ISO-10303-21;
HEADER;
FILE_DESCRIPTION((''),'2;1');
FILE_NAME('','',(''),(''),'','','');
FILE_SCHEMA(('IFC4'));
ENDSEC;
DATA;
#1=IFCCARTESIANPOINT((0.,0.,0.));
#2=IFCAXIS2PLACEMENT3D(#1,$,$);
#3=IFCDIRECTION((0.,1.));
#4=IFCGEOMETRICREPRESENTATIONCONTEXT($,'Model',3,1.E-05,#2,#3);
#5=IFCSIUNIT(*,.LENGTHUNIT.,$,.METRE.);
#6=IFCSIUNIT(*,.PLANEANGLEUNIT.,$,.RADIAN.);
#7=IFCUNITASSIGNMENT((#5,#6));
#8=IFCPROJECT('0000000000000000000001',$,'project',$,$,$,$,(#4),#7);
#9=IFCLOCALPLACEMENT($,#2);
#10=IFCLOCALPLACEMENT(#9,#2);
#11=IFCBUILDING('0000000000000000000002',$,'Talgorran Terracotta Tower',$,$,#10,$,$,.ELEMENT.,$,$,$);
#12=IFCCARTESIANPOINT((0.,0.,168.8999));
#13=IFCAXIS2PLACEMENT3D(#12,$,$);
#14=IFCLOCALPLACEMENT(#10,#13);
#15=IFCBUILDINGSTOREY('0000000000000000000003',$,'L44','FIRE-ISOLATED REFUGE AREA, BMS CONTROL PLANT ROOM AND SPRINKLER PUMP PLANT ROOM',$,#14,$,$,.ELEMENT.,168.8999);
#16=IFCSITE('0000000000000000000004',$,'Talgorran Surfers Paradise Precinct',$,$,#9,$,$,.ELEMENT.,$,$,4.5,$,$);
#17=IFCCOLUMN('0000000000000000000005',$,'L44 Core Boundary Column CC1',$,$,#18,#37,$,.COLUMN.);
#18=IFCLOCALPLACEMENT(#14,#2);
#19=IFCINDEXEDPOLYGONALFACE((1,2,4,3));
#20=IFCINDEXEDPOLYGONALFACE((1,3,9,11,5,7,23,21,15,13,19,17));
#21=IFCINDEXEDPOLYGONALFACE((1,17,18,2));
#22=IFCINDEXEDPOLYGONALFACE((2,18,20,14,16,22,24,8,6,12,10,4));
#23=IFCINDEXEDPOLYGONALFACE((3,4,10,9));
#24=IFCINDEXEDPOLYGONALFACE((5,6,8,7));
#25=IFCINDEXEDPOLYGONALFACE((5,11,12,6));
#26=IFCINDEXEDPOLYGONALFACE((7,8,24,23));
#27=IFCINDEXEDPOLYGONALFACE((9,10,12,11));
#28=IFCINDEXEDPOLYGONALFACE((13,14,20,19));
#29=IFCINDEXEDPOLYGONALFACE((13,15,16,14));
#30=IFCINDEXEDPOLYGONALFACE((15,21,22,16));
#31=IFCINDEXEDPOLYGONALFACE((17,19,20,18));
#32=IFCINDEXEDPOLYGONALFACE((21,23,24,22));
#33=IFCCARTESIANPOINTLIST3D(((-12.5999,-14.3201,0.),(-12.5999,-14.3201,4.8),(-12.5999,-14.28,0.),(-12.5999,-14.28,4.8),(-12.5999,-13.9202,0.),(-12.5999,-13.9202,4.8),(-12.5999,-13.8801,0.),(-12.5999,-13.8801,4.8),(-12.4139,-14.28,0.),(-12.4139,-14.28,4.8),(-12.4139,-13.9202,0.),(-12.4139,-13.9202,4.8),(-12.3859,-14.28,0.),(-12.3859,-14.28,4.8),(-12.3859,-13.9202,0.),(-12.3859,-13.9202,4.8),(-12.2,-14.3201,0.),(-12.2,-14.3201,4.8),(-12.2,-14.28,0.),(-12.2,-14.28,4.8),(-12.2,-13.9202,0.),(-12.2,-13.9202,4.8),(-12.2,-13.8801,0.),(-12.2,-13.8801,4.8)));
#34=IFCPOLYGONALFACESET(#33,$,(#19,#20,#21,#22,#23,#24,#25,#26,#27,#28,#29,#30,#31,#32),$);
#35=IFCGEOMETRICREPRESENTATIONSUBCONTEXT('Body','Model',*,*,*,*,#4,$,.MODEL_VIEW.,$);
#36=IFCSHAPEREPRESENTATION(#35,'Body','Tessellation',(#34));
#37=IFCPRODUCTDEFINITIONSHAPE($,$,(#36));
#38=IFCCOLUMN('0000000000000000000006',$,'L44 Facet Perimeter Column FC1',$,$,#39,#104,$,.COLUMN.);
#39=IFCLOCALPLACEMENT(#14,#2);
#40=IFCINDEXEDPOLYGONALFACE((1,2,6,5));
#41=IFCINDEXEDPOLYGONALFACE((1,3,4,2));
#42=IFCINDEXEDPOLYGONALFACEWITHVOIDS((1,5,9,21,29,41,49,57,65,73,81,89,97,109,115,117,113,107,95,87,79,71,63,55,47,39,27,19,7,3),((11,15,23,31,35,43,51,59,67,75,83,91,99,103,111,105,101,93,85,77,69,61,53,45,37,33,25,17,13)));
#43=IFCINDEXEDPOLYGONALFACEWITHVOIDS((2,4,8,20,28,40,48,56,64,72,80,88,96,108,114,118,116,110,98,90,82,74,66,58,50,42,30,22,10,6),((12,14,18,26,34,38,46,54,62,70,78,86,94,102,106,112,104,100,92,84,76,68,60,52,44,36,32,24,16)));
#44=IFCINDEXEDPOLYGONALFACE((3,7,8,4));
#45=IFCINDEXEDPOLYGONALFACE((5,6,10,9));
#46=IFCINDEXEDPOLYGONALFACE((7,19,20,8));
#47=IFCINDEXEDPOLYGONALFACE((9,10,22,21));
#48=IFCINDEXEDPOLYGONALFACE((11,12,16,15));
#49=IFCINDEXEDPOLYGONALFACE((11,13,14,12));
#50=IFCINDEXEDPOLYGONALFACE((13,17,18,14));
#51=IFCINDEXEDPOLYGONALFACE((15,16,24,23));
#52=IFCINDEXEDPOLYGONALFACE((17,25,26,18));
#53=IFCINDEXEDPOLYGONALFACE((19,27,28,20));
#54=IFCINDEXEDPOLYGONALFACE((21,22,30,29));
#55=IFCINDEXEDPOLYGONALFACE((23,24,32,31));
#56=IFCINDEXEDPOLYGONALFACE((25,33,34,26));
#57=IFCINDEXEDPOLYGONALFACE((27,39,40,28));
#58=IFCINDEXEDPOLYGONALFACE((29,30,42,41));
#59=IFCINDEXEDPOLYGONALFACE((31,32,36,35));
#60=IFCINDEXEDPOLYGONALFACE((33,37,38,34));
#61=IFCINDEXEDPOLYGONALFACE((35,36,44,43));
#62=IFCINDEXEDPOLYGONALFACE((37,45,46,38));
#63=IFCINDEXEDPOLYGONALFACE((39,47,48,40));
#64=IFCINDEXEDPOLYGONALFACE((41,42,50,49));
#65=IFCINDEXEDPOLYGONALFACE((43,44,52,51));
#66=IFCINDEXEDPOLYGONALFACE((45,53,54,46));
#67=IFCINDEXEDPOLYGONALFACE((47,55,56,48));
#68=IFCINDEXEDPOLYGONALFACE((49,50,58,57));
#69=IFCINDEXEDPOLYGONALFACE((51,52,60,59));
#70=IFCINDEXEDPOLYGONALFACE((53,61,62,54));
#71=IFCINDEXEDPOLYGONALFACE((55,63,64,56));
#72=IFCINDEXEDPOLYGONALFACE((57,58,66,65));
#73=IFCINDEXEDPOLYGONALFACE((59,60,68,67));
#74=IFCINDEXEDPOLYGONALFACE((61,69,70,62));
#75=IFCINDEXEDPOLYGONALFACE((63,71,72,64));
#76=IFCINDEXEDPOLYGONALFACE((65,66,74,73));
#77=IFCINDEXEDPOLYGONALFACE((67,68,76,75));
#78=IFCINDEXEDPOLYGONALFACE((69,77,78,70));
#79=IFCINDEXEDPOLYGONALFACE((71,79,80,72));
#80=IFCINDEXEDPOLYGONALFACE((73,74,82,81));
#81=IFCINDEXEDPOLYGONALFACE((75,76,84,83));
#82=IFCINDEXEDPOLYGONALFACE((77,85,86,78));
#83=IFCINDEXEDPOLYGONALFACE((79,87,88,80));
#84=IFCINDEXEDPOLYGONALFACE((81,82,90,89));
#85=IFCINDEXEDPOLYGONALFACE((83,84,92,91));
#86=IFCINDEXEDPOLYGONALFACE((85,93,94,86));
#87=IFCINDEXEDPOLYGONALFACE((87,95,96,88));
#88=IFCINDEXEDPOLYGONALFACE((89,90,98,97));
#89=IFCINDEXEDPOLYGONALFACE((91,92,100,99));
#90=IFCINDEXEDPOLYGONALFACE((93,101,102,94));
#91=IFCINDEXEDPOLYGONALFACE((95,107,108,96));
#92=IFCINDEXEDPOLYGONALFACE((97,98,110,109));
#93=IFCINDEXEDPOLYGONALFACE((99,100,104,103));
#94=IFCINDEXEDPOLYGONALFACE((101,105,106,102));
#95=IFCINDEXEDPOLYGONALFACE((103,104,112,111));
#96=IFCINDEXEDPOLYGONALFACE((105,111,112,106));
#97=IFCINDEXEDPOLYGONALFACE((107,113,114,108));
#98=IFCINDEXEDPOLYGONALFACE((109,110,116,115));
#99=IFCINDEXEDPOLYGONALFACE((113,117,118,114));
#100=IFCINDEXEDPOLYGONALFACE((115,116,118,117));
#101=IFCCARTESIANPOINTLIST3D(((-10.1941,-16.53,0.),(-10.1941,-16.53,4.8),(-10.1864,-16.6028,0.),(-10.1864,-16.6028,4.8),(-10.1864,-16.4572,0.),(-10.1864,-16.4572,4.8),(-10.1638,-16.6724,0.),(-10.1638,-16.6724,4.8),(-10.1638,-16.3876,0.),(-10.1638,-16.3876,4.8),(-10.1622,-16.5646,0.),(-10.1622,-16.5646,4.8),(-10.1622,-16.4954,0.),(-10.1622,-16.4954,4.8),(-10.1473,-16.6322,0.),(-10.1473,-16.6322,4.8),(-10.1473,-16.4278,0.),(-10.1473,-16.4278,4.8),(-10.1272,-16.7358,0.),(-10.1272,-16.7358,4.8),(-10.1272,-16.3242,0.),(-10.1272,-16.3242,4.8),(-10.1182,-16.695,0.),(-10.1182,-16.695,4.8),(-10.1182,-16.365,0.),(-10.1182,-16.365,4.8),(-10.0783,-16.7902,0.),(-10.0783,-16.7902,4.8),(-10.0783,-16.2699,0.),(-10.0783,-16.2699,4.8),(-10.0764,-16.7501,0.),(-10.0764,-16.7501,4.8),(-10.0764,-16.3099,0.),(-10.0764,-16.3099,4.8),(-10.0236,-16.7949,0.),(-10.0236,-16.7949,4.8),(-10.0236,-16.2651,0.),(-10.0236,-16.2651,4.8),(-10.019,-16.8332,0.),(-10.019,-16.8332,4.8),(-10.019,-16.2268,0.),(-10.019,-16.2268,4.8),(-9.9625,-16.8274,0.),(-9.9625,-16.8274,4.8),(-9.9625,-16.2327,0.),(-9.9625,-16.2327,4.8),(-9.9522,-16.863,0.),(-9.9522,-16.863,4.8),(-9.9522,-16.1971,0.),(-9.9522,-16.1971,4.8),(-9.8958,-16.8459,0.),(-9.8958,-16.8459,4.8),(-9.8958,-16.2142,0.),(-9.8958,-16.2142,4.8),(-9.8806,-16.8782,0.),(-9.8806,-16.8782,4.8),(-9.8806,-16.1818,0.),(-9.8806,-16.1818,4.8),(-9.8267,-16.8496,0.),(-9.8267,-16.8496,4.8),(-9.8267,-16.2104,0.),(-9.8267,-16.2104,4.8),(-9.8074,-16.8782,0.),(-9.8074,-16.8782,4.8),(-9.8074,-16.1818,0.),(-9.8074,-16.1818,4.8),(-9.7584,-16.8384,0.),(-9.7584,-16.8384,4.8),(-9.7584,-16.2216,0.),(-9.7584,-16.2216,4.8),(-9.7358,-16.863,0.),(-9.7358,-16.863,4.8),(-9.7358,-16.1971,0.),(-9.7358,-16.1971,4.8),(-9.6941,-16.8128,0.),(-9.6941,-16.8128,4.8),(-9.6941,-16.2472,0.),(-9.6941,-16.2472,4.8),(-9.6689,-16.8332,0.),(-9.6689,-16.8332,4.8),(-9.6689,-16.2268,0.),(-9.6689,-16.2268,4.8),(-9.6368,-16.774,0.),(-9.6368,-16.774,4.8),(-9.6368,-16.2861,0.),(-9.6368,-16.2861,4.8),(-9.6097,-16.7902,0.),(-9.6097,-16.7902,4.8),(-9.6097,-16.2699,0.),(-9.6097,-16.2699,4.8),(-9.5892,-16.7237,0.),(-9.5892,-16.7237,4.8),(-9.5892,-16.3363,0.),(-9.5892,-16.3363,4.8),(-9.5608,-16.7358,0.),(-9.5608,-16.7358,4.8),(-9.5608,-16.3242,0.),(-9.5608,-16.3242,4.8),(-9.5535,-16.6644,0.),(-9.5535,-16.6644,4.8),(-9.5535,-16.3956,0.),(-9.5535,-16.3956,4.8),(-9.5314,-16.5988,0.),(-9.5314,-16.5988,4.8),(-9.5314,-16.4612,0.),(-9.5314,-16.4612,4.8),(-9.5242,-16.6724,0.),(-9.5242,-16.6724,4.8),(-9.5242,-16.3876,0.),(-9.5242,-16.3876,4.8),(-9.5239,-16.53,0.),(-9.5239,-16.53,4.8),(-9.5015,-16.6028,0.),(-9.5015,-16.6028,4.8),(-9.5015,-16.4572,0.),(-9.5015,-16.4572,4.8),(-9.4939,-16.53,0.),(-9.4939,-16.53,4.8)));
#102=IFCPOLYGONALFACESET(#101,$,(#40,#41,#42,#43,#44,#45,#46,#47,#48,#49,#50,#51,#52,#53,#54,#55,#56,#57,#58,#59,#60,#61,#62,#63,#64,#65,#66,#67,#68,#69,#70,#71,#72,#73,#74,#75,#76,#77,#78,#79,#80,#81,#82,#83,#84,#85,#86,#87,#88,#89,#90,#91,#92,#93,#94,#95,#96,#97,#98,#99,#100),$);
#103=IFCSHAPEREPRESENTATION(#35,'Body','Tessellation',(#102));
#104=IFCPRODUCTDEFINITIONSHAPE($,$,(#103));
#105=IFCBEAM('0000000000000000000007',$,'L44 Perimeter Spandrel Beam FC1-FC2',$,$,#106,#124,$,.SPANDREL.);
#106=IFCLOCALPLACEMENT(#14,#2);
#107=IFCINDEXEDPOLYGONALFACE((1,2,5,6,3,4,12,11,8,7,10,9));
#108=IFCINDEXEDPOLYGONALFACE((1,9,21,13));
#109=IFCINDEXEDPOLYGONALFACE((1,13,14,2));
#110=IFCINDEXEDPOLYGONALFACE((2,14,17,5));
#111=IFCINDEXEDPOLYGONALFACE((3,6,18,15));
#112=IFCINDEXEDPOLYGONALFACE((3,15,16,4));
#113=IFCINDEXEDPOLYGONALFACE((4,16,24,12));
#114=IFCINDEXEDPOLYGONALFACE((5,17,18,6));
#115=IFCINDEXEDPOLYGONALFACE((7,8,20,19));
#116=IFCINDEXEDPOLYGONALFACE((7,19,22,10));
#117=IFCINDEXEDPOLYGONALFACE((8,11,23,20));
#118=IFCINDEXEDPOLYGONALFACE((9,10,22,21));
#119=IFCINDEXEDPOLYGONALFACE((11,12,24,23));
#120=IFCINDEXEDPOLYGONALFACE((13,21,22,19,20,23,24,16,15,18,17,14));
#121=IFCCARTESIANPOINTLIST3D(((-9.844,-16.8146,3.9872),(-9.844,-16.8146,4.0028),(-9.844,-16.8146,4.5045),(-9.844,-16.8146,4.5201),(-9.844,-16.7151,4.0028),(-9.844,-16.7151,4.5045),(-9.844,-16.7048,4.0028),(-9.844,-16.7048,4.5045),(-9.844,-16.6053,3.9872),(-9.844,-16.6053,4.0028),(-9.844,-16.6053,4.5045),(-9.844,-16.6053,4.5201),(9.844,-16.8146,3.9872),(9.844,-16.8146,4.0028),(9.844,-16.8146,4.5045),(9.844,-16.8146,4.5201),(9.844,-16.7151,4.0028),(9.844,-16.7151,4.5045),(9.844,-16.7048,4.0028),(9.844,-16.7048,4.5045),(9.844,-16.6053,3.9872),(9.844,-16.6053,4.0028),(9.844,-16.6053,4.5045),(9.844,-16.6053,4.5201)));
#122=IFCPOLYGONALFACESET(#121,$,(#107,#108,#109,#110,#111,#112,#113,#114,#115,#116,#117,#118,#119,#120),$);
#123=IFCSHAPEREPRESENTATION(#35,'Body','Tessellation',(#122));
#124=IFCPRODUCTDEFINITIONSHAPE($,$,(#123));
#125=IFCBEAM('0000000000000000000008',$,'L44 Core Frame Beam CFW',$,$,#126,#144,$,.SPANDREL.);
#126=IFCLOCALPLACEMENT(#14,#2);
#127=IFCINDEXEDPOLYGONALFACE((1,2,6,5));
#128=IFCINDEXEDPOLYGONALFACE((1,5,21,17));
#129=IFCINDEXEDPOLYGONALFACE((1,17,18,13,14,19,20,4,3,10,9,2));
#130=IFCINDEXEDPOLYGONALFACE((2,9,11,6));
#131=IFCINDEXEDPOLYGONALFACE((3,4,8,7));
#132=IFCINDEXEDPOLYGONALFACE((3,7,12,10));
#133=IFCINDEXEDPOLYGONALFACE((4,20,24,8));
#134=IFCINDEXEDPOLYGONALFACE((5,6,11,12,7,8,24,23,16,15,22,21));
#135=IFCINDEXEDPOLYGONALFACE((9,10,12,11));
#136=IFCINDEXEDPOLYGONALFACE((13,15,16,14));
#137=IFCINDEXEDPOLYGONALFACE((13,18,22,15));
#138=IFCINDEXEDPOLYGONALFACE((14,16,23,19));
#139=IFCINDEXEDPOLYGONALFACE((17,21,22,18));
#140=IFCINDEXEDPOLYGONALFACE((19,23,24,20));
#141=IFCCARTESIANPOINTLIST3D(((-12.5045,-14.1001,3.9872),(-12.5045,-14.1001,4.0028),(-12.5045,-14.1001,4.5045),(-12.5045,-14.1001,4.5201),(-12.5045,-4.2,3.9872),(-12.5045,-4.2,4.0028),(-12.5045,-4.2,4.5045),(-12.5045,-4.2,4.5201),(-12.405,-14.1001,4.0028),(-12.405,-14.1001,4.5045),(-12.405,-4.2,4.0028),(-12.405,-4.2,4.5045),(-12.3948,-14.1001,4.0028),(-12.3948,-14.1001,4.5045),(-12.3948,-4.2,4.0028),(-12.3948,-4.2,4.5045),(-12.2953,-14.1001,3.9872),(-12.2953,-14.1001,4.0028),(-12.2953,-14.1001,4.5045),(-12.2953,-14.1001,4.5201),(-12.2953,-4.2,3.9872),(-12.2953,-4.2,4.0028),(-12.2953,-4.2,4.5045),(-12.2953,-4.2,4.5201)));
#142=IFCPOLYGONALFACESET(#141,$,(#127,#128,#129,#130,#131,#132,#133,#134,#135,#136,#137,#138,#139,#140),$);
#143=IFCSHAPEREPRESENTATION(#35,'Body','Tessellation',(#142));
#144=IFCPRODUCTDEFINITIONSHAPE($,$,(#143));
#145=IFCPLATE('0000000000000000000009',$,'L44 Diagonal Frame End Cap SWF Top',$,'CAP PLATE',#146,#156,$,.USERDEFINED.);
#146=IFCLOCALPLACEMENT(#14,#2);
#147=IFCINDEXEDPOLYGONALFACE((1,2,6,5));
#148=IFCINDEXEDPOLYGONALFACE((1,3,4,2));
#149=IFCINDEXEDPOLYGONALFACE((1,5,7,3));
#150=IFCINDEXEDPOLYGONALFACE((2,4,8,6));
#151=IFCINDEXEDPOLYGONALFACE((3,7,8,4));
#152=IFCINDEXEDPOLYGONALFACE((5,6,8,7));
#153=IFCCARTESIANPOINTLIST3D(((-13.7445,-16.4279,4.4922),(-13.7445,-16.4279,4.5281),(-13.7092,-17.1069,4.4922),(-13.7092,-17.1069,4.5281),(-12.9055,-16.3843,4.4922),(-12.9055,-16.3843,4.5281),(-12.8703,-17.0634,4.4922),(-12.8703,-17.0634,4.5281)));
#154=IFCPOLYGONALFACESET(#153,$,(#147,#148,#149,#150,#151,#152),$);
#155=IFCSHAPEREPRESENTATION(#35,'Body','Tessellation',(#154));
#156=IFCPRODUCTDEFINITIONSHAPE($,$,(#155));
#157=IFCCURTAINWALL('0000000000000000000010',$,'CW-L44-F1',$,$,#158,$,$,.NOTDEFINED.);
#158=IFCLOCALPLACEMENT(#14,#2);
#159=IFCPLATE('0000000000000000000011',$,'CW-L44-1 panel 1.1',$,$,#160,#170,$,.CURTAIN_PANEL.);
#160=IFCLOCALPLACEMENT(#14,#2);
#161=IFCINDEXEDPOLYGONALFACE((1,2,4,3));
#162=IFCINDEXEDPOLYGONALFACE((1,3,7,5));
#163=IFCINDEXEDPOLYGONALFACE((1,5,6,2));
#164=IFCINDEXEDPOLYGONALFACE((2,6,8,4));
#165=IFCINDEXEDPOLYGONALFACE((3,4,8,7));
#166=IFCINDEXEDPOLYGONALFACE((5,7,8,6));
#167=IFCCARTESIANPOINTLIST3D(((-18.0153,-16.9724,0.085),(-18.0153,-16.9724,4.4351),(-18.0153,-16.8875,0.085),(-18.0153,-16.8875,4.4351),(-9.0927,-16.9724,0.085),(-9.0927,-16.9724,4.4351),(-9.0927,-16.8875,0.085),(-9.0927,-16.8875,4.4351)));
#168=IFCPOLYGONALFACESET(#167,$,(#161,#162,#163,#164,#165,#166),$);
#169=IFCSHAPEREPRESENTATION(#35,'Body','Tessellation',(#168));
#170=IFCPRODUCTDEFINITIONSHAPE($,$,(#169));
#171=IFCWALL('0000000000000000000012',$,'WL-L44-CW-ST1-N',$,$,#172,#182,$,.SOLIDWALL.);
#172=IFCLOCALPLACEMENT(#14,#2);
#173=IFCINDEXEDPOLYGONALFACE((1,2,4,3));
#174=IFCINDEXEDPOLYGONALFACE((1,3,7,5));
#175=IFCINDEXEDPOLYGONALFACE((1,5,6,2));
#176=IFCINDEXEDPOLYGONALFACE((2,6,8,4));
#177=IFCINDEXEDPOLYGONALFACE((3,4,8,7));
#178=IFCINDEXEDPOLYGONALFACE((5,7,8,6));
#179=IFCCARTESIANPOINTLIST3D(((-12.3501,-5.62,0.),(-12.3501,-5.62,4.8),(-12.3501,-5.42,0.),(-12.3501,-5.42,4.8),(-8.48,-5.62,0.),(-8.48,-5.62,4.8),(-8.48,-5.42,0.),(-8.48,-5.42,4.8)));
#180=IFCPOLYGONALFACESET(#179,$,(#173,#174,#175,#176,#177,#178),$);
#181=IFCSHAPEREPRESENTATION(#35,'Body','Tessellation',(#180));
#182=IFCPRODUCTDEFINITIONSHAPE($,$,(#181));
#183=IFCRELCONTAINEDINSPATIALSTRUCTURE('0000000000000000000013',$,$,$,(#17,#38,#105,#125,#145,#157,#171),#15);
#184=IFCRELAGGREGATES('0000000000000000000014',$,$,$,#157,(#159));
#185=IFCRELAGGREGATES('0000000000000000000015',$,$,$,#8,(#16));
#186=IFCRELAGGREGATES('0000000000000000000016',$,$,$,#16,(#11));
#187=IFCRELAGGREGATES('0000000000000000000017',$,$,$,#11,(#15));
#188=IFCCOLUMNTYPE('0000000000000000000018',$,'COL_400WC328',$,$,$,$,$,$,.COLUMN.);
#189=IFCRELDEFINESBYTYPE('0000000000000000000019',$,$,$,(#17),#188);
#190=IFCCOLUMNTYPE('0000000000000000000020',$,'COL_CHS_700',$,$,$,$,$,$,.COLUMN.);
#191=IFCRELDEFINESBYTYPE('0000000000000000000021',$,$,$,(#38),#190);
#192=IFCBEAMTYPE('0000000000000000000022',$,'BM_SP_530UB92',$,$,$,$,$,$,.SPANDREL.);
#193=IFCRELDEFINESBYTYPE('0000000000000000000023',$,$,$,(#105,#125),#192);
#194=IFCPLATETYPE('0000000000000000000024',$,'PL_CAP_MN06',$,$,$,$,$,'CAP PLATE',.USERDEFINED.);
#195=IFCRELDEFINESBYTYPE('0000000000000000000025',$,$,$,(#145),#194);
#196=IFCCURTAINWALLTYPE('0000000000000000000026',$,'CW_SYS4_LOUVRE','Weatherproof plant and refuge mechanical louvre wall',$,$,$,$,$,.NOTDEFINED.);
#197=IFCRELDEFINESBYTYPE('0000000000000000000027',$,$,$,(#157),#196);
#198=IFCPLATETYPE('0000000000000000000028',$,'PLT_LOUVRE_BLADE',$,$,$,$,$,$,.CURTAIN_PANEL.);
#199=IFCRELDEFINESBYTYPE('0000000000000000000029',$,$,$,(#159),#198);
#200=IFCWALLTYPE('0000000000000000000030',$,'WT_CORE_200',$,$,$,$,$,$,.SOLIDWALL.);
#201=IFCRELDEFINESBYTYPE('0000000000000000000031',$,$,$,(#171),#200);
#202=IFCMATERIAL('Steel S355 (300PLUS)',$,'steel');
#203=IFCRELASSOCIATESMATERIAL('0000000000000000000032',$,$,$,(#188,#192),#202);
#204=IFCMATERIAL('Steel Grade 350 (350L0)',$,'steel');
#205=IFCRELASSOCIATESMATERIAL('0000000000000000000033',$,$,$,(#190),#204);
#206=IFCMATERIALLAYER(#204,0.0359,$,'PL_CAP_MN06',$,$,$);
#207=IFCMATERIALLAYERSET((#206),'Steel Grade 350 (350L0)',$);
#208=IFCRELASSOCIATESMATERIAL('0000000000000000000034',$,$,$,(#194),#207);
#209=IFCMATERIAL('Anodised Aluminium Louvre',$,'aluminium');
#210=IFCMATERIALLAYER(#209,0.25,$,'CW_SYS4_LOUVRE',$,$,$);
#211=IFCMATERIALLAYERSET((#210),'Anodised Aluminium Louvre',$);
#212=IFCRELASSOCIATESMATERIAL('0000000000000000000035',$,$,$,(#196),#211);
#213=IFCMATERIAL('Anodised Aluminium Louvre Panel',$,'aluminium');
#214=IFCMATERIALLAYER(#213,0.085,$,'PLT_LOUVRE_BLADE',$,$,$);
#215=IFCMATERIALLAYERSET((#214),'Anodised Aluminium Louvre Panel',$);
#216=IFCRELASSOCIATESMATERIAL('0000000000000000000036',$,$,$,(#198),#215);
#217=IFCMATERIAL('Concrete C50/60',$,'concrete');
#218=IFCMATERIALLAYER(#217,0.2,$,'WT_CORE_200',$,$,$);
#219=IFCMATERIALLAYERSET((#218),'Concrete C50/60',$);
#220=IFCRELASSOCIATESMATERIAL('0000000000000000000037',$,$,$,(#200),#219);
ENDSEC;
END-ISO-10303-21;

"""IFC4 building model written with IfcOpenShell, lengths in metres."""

from ifc_helpers import new_model, si_unit, direction, frame, frame_2d, origin, origin_2d, place, context, subcontext, project, spatial, rectangle, hollow_circle, i_section, extrude, source, transform, mapped, material, layer, layer_set, material_profile, profile_set, type_object, type_shapes, element, aggregate, save


model = new_model("IFC4")

# Units and contexts
model_context = context("Model", 3, precision=1e-05, world=origin(), true_north=direction((0.0, 1.0)))
body_context = subcontext(model_context, "Body", "Model", "MODEL_VIEW")
ifc_project = project(units=[si_unit("LENGTHUNIT", "METRE"), si_unit("PLANEANGLEUNIT", "RADIAN")], contexts=[model_context])

# Site, building, storey
site_placement = place(None, origin())
site = spatial("IfcSite", under=ifc_project, at=site_placement, Name="Talgorran Surfers Paradise Precinct", CompositionType="ELEMENT", RefElevation=4.5)
building_placement = place(site_placement, origin())
building = spatial("IfcBuilding", under=site, at=building_placement, Name="Talgorran Terracotta Tower", CompositionType="ELEMENT")
storey_placement = place(building_placement, frame((0.0, 0.0, 168.8999)))
storey = spatial("IfcBuildingStorey", under=building, at=storey_placement, Name="L44", Description="FIRE-ISOLATED REFUGE AREA, BMS CONTROL PLANT ROOM AND SPRINKLER PUMP PLANT ROOM", CompositionType="ELEMENT", Elevation=168.8999)

# Columns
ifc_material_1 = material(Name="Steel S355 (300PLUS)", Category="steel")
ifc_material_profile_1 = material_profile(ifc_material_1, i_section(OverallWidth=0.3999, OverallDepth=0.4399, WebThickness=0.0281, FlangeThickness=0.04, at=origin_2d()), Name="400WC328")
ifc_profile_set_1 = profile_set([ifc_material_profile_1], Name="Steel S355 (300PLUS)")
column_type_1 = type_object("IfcColumnType", Name="COL_400WC328", PredefinedType="COLUMN", material=ifc_profile_set_1)
column_1_placement = place(storey_placement, frame((-12.3999, -14.1001, 0.0), z_axis=(0.0, 0.0, 1.0), x_axis=(1.0, 0.0, 0.0)))
element("IfcColumn", 1, at=column_1_placement, inside=storey, type_object=column_type_1, Name="L44 Core Boundary Column CC1", PredefinedType="COLUMN", context=body_context, shape_type="SweptSolid", body=[
    extrude(i_section(OverallWidth=0.3999, OverallDepth=0.4399, WebThickness=0.0281, FlangeThickness=0.04, at=origin_2d()), origin(), (0.0, 0.0, 1.0), 4.8),
])
ifc_material_2 = material(Name="Steel Grade 350 (350L0)", Category="steel")
ifc_material_profile_2 = material_profile(ifc_material_2, hollow_circle(Radius=0.3501, WallThickness=0.03, at=origin_2d()), Name="CHS700X30")
ifc_profile_set_2 = profile_set([ifc_material_profile_2], Name="Steel Grade 350 (350L0)")
column_type_2 = type_object("IfcColumnType", Name="COL_CHS_700", PredefinedType="COLUMN", material=ifc_profile_set_2)
column_2_placement = place(storey_placement, frame((-9.844, -16.53, 0.0), z_axis=(0.0, 0.0, 1.0), x_axis=(1.0, 0.0, 0.0)))
element("IfcColumn", 2, at=column_2_placement, inside=storey, type_object=column_type_2, Name="L44 Facet Perimeter Column FC1", PredefinedType="COLUMN", context=body_context, shape_type="SweptSolid", body=[
    extrude(hollow_circle(Radius=0.3501, WallThickness=0.03, at=origin_2d()), origin(), (0.0, 0.0, 1.0), 4.8),
])

# Beams
ifc_material_profile_3 = material_profile(ifc_material_1, i_section(OverallWidth=0.2092, OverallDepth=0.533, WebThickness=0.0103, FlangeThickness=0.0156, at=origin_2d()), Name="530UB92.4")
ifc_profile_set_3 = profile_set([ifc_material_profile_3], Name="Steel S355 (300PLUS)")
beam_type = type_object("IfcBeamType", Name="BM_SP_530UB92", PredefinedType="SPANDREL", material=ifc_profile_set_3)
beam_1_placement = place(storey_placement, frame((-9.844, -16.71, 4.2537), z_axis=(1.0, 0.0, 0.0), x_axis=(0.0, 1.0, 0.0)))
element("IfcBeam", 3, at=beam_1_placement, inside=storey, type_object=beam_type, Name="L44 Perimeter Spandrel Beam FC1-FC2", PredefinedType="SPANDREL", context=body_context, shape_type="SweptSolid", body=[
    extrude(i_section(OverallWidth=0.2092, OverallDepth=0.533, WebThickness=0.0103, FlangeThickness=0.0156, at=origin_2d()), origin(), (0.0, 0.0, 1.0), 19.688),
])
beam_2_placement = place(storey_placement, frame((-12.3999, -14.1001, 4.2537), z_axis=(0.0, 1.0, 0.0), x_axis=(-1.0, 0.0, 0.0)))
element("IfcBeam", 4, at=beam_2_placement, inside=storey, type_object=beam_type, Name="L44 Core Frame Beam CFW", PredefinedType="SPANDREL", context=body_context, shape_type="SweptSolid", body=[
    extrude(i_section(OverallWidth=0.2092, OverallDepth=0.533, WebThickness=0.0103, FlangeThickness=0.0156, at=origin_2d()), origin(), (0.0, 0.0, 1.0), 9.9001),
])

# Plate
ifc_layer_1 = layer(ifc_material_2, 0.0359, Name="PL_CAP_MN06")
ifc_layer_set_1 = layer_set([ifc_layer_1], Name="Steel Grade 350 (350L0)")
plate_type_1 = type_object("IfcPlateType", Name="PL_CAP_MN06", ElementType="CAP PLATE", PredefinedType="USERDEFINED", material=ifc_layer_set_1)
plate_1_placement = place(storey_placement, frame((-13.3074, -16.7456, 4.4922), z_axis=(0.0, 0.0, 1.0), x_axis=(0.998657, 0.051813, 0.0)))
element("IfcPlate", 5, at=plate_1_placement, inside=storey, type_object=plate_type_1, Name="L44 Diagonal Frame End Cap SWF Top", ObjectType="CAP PLATE", PredefinedType="USERDEFINED", context=body_context, shape_type="SweptSolid", body=[
    extrude(rectangle(XDim=0.8401, YDim=0.6799, at=origin_2d()), origin(), (0.0, 0.0, 1.0), 0.0359),
])

# Curtain wall, plate
ifc_material_3 = material(Name="Anodised Aluminium Louvre", Category="aluminium")
ifc_layer_2 = layer(ifc_material_3, 0.25, Name="CW_SYS4_LOUVRE")
ifc_layer_set_2 = layer_set([ifc_layer_2], Name="Anodised Aluminium Louvre")
curtain_wall_type = type_object("IfcCurtainWallType", Name="CW_SYS4_LOUVRE", Description="Weatherproof plant and refuge mechanical louvre wall", PredefinedType="NOTDEFINED", material=ifc_layer_set_2)
curtain_wall_placement = place(storey_placement, origin())
curtain_wall = element("IfcCurtainWall", 6, at=curtain_wall_placement, inside=storey, type_object=curtain_wall_type, Name="CW-L44-F1", PredefinedType="NOTDEFINED")
ifc_material_4 = material(Name="Anodised Aluminium Louvre Panel", Category="aluminium")
ifc_layer_3 = layer(ifc_material_4, 0.085, Name="PLT_LOUVRE_BLADE")
ifc_layer_set_3 = layer_set([ifc_layer_3], Name="Anodised Aluminium Louvre Panel")
plate_type_2 = type_object("IfcPlateType", Name="PLT_LOUVRE_BLADE", PredefinedType="CURTAIN_PANEL", material=ifc_layer_set_3)
shared_shape = source(origin(), body_context, "Body", "SweptSolid", [
    extrude(rectangle(XDim=8.9226, YDim=0.085, at=origin_2d()), origin(), (0.0, 0.0, 1.0), 4.3501),
])
type_shapes(plate_type_2, [shared_shape])
plate_2_placement = place(storey_placement, frame((-13.554, -16.9299, 0.085), z_axis=(0.0, 0.0, 1.0), x_axis=(1.0, 0.0, 0.0)))
plate_2 = element("IfcPlate", 7, at=plate_2_placement, type_object=plate_type_2, Name="CW-L44-1 panel 1.1", PredefinedType="CURTAIN_PANEL", context=body_context, shape_type="MappedRepresentation", body=[
    mapped(shared_shape, transform((0.0, 0.0, 0.0), scale=1.0)),
])
aggregate(curtain_wall, [plate_2])

# Wall
ifc_material_5 = material(Name="Concrete C50/60", Category="concrete")
ifc_layer_4 = layer(ifc_material_5, 0.2, Name="WT_CORE_200")
ifc_layer_set_4 = layer_set([ifc_layer_4], Name="Concrete C50/60")
wall_type_1 = type_object("IfcWallType", Name="WT_CORE_200", PredefinedType="SOLIDWALL", material=ifc_layer_set_4)
for number, where, z_axis, x_axis, name in (
    (8, (-12.3501, -5.52, 0.0), (0.0, 0.0, 1.0), (1.0, 0.0, 0.0), "WL-L44-CW-ST1-N"),
):
    element("IfcWall", number, at=place(storey_placement, frame(where, z_axis=z_axis, x_axis=x_axis)), inside=storey, type_object=wall_type_1, Name=name, PredefinedType="SOLIDWALL", context=body_context, shape_type="SweptSolid", body=[
        extrude(rectangle(XDim=3.8701, YDim=0.2, at=frame_2d((1.9351, 0.0))), origin(), (0.0, 0.0, 1.0), 4.8),
    ])

save(model, "model.ifc")
